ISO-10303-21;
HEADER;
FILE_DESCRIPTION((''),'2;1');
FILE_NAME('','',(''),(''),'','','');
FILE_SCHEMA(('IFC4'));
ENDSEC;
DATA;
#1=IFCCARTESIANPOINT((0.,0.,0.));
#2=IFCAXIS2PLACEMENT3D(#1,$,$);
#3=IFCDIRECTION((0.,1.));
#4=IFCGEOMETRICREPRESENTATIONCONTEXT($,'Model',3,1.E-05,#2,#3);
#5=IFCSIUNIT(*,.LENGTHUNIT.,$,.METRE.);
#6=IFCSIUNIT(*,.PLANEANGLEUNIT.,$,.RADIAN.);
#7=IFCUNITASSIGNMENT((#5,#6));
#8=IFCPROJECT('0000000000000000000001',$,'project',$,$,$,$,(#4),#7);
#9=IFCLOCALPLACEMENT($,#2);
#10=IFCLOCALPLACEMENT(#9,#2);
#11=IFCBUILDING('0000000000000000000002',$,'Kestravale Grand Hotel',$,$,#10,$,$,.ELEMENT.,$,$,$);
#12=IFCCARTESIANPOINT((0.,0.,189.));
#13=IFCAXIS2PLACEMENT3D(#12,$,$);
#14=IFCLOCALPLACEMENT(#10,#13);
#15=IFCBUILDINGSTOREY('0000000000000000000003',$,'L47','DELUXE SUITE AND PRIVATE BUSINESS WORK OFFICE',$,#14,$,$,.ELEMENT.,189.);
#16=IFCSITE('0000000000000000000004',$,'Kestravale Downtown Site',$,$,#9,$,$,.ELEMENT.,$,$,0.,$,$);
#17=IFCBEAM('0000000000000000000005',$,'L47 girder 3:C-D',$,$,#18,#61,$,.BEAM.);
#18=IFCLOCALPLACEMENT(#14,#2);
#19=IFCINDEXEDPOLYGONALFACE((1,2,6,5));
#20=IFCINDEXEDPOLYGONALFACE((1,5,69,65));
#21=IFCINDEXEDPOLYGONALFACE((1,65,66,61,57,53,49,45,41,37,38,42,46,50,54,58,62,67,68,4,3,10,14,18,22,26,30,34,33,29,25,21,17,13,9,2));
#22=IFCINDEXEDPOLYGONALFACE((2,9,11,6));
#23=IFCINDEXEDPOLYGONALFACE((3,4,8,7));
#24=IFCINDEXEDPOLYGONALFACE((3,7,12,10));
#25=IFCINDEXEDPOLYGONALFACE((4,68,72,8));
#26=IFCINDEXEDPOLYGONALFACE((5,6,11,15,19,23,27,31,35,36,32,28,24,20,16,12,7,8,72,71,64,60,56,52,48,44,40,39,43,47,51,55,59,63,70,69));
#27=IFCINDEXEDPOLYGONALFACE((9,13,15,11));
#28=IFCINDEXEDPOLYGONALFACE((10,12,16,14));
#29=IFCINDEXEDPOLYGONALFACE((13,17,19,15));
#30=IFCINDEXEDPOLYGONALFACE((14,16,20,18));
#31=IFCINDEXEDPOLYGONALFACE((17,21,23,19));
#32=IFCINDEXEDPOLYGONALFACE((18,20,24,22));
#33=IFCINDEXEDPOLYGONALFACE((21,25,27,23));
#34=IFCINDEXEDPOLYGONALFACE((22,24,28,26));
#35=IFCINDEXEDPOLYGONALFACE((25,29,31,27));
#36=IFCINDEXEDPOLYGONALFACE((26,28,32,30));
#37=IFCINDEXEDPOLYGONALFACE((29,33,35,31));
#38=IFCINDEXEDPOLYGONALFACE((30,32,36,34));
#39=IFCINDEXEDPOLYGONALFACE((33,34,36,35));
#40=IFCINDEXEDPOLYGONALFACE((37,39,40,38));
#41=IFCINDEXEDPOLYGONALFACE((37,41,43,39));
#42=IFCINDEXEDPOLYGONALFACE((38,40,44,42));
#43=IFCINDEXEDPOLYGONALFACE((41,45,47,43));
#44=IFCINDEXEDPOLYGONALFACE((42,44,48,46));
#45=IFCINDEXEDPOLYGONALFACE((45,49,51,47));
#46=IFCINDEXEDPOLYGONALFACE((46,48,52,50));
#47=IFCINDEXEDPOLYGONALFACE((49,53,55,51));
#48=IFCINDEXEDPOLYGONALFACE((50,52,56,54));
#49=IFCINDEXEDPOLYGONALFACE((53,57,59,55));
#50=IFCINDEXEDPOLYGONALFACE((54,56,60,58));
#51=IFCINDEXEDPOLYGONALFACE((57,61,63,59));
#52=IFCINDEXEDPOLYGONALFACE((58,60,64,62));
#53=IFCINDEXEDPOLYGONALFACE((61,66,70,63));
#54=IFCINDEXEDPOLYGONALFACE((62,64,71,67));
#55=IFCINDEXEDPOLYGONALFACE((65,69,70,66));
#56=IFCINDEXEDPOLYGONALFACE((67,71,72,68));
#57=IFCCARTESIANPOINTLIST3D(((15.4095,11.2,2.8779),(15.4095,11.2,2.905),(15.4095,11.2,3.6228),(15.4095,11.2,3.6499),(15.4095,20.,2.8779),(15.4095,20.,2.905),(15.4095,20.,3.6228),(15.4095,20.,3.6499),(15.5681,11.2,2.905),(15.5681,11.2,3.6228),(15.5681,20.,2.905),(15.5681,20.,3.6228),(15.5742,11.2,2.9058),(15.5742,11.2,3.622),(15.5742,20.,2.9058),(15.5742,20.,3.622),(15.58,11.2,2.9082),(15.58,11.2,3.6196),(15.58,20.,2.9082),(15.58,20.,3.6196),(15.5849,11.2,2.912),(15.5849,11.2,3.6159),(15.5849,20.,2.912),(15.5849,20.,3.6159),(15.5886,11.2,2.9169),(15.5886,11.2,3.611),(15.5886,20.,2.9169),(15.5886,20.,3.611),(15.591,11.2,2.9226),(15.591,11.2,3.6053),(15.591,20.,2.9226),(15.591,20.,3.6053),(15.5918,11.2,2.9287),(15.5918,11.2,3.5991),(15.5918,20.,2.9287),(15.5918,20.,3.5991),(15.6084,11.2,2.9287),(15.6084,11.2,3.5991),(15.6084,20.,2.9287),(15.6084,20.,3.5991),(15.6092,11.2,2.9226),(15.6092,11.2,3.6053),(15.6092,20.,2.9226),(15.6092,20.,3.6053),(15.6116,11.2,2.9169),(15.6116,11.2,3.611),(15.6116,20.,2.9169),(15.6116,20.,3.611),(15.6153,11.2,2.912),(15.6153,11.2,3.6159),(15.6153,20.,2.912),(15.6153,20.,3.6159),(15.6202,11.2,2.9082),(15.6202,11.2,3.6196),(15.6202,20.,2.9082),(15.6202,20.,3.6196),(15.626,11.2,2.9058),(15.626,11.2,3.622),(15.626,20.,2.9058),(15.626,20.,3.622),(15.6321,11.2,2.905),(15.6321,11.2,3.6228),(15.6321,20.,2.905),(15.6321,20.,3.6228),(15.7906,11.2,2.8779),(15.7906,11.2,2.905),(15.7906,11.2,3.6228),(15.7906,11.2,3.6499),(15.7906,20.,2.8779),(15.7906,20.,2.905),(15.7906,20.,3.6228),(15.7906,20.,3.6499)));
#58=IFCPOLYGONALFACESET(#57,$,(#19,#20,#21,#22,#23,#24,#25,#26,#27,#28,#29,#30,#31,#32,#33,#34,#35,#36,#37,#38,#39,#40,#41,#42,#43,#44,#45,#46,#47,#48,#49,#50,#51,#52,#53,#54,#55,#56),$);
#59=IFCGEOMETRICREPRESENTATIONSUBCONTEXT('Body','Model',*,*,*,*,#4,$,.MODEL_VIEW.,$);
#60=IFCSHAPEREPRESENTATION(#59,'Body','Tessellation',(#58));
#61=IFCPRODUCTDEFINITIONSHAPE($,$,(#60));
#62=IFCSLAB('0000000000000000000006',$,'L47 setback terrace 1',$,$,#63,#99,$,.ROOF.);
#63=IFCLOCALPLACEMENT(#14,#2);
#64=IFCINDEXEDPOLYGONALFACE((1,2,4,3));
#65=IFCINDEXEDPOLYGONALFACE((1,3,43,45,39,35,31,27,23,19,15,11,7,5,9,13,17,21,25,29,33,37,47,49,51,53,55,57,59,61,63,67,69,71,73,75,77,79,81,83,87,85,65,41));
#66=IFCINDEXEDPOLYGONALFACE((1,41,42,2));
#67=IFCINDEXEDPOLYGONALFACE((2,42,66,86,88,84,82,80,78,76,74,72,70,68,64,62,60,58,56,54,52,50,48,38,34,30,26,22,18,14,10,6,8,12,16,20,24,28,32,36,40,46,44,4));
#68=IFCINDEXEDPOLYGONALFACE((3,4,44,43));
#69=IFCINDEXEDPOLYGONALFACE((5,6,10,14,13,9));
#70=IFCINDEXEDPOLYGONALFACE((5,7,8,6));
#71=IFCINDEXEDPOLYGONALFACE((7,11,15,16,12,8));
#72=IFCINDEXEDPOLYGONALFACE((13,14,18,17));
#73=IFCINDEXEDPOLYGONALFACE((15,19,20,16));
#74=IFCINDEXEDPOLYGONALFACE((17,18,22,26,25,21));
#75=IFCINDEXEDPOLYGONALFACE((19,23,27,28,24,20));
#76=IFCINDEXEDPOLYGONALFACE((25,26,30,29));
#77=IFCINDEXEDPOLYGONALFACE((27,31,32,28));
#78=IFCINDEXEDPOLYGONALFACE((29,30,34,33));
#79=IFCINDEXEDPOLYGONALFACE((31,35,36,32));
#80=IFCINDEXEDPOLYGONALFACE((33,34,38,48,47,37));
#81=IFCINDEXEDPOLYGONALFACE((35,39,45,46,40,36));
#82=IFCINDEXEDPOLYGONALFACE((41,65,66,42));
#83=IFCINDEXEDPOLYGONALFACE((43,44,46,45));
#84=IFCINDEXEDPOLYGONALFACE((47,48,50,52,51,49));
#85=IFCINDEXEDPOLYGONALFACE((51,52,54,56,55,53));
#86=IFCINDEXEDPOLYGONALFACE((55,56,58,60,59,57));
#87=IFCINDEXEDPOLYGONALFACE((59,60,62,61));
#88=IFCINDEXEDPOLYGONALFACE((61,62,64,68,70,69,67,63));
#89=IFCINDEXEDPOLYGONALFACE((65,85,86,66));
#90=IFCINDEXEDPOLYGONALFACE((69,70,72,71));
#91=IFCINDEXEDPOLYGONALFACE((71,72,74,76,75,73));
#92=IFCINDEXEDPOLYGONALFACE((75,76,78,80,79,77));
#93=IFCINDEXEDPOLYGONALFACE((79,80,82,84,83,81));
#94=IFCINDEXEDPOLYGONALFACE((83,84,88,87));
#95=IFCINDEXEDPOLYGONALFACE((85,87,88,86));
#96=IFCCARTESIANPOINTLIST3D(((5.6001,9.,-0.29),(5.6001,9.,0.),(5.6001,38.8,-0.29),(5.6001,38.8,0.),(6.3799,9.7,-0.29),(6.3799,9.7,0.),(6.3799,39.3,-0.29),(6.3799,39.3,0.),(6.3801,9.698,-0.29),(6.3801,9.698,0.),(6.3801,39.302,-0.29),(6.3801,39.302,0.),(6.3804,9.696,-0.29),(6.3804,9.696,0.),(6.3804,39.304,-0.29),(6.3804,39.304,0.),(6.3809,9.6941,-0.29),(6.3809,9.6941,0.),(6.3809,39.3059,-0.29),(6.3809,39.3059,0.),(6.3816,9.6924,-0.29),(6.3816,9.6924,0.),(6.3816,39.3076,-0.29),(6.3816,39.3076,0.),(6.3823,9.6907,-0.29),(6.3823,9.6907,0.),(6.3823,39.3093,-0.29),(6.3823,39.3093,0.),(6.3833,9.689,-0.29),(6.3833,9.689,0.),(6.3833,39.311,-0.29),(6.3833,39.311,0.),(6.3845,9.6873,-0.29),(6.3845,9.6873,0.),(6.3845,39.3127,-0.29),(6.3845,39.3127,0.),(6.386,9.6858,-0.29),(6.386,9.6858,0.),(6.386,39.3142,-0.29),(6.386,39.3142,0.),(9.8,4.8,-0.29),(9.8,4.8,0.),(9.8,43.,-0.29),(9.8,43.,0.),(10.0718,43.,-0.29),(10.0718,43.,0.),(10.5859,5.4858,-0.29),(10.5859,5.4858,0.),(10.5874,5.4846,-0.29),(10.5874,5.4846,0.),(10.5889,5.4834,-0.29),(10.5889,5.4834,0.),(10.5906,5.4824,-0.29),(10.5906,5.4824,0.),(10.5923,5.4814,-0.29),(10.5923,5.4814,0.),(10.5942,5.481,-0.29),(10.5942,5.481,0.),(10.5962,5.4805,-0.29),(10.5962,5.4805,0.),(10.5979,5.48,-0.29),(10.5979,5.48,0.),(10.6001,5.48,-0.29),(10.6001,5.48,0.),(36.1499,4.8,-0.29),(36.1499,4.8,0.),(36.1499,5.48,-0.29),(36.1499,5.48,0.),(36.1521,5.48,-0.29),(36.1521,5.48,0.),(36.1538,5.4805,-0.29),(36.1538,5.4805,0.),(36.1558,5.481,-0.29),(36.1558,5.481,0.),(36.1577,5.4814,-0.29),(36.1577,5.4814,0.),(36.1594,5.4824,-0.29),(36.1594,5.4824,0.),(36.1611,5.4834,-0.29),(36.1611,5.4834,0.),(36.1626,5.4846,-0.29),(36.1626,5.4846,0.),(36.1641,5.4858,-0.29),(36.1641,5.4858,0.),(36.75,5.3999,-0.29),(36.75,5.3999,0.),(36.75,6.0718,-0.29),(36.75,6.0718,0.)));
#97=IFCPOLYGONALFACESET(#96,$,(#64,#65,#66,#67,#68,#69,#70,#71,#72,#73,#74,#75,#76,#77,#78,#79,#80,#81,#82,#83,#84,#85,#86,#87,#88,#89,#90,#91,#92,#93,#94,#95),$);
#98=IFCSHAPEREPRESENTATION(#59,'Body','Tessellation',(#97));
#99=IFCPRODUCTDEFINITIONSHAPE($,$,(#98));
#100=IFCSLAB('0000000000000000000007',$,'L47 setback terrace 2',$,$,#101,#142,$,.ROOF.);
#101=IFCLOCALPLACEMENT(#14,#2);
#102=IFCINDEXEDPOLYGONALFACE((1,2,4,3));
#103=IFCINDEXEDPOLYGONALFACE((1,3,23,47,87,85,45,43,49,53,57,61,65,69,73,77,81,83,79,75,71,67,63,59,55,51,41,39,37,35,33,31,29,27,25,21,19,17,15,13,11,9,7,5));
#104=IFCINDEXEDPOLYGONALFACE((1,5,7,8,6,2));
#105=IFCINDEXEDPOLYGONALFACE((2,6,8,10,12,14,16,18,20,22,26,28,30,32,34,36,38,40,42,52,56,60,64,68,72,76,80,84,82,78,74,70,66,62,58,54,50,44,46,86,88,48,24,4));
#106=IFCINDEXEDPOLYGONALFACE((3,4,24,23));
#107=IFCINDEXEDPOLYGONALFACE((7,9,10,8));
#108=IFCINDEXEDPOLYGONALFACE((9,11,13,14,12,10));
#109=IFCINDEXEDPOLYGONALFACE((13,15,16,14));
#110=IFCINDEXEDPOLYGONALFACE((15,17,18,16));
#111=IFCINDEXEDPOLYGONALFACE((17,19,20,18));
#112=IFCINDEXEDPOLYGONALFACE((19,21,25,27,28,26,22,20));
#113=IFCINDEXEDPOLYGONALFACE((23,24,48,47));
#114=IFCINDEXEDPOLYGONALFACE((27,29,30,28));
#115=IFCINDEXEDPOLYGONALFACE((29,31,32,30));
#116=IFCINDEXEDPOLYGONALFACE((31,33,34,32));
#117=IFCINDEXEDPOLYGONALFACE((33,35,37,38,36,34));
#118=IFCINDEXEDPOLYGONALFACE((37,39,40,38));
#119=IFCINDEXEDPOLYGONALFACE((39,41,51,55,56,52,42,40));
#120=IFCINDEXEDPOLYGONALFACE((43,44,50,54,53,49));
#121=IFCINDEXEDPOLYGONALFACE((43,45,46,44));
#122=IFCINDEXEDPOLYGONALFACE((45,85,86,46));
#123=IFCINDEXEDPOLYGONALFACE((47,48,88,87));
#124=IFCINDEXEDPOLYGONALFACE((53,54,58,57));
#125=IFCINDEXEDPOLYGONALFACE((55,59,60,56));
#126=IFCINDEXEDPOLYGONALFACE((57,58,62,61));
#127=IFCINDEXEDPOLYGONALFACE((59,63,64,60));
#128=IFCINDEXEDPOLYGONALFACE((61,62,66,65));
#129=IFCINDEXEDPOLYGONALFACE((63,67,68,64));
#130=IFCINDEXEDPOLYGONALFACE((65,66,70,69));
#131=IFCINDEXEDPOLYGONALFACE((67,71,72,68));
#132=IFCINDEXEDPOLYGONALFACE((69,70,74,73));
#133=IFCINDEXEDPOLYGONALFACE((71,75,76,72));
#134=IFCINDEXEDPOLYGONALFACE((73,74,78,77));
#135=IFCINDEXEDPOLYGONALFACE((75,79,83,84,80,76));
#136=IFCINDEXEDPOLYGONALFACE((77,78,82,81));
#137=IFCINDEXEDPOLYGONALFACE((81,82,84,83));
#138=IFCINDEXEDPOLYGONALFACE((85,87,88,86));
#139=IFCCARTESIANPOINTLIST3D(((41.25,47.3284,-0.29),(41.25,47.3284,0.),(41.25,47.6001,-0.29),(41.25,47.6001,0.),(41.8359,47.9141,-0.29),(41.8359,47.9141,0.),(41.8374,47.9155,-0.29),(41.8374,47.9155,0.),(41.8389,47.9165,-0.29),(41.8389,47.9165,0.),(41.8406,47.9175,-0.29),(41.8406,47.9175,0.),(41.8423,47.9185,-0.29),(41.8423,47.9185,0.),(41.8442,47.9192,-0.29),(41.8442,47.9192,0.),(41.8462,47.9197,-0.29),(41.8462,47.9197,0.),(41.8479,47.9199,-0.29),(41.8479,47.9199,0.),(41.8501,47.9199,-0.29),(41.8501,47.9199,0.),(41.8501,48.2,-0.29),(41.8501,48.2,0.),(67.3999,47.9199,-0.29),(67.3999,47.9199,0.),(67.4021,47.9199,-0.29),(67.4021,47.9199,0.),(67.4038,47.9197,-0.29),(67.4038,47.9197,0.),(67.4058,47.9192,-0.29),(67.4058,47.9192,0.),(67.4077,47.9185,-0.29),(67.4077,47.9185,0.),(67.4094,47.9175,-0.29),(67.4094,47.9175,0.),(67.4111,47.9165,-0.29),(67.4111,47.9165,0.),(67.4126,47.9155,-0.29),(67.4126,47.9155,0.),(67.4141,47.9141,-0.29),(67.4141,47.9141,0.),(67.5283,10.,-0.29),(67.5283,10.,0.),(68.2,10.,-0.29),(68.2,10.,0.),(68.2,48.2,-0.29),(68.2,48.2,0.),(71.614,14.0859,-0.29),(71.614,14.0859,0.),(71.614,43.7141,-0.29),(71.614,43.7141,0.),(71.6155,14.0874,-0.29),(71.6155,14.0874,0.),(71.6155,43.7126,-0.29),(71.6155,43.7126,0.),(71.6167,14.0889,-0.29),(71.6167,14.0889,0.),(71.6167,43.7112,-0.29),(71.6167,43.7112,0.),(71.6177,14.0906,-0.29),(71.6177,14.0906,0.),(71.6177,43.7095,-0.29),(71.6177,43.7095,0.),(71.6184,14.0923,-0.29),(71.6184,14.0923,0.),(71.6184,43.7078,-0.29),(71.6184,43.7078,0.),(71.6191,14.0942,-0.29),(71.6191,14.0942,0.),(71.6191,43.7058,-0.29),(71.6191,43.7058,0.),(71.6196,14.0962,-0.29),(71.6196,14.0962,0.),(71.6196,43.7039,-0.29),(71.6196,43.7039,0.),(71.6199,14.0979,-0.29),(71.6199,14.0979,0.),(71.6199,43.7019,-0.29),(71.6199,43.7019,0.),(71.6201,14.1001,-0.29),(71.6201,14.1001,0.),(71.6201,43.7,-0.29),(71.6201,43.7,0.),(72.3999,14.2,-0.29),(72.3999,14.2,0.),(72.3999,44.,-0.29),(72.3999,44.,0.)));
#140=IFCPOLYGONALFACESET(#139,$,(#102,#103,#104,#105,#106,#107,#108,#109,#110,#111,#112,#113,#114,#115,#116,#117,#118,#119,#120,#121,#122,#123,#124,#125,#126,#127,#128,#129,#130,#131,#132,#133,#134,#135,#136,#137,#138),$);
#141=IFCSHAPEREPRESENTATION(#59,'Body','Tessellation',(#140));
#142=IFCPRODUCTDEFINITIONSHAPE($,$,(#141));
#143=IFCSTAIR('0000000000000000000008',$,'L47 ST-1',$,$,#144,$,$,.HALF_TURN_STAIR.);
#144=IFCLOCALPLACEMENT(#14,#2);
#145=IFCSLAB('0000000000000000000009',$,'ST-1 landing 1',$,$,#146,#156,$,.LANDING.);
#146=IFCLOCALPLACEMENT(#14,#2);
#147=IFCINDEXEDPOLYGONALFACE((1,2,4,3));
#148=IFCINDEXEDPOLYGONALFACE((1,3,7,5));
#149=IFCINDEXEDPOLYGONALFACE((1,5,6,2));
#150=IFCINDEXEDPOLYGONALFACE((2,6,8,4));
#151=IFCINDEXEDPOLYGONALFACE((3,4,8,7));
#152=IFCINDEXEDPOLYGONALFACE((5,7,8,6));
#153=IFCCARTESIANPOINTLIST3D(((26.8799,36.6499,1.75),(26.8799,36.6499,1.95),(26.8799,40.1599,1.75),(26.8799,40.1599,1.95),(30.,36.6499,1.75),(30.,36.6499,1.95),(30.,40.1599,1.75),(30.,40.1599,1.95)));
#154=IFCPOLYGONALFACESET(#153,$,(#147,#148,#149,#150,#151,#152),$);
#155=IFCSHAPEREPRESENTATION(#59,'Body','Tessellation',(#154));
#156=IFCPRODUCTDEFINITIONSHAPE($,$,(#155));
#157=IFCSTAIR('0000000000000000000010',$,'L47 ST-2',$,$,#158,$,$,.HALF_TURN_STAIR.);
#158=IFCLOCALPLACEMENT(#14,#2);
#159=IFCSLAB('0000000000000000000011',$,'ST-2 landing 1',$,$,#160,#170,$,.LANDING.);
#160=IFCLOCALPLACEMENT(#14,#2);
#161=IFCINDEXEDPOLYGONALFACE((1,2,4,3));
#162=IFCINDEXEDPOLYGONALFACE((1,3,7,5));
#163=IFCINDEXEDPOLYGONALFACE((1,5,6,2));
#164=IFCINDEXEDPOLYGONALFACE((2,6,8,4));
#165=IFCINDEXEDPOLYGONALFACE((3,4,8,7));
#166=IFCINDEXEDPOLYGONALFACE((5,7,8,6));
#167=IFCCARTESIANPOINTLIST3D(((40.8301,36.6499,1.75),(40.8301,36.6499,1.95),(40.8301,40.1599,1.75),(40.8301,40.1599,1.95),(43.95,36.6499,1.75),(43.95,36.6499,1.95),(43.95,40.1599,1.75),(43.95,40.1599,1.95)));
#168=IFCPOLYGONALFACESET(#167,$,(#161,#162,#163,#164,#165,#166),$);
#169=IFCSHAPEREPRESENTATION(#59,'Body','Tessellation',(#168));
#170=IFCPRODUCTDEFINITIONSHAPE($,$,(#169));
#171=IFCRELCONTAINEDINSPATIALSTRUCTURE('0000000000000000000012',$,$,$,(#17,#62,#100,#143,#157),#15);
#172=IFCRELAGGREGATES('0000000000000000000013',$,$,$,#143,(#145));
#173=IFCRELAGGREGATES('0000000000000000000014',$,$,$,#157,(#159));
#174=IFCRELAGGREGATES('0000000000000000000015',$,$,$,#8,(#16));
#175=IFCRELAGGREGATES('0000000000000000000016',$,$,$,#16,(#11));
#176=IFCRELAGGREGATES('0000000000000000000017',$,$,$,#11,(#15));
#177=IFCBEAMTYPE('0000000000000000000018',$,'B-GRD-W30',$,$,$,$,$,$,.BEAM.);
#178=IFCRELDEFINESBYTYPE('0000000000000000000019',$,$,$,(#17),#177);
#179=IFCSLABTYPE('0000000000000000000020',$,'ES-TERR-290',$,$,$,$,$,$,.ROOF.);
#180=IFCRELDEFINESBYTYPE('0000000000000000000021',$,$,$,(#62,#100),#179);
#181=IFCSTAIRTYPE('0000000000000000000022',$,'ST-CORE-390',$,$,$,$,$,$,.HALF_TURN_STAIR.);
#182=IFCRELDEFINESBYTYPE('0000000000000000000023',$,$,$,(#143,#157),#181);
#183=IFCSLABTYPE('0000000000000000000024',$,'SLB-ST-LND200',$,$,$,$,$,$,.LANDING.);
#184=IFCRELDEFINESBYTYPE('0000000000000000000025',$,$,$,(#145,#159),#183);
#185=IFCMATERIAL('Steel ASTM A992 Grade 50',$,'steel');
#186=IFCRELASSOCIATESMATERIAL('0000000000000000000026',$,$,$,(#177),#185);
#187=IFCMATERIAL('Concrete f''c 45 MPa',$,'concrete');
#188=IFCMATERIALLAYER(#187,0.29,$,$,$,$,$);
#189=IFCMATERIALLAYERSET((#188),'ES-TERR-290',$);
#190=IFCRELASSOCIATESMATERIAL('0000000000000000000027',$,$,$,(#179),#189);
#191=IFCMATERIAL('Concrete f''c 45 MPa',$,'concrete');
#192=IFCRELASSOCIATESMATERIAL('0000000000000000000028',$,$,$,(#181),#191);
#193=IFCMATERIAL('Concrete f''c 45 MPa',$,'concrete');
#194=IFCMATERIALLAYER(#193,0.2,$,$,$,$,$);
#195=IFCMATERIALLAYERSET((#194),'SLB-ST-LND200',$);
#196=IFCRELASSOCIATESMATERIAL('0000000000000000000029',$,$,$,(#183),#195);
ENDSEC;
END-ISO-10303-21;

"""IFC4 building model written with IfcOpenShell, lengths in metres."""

from ifc_helpers import new_model, si_unit, direction, frame, origin, origin_2d, place, context, subcontext, project, spatial, polyline, i_section, outline, extrude, material, layer, layer_set, material_profile, profile_set, type_object, element, aggregate, save


model = new_model("IFC4")

# Units and contexts
model_context = context("Model", 3, precision=1e-05, world=origin(), true_north=direction((0.0, 1.0)))
body_context = subcontext(model_context, "Body", "Model", "MODEL_VIEW")
ifc_project = project(units=[si_unit("LENGTHUNIT", "METRE"), si_unit("PLANEANGLEUNIT", "RADIAN")], contexts=[model_context])

# Site, building, storey
site_placement = place(None, origin())
site = spatial("IfcSite", under=ifc_project, at=site_placement, Name="Kestravale Downtown Site", CompositionType="ELEMENT", RefElevation=0.0)
building_placement = place(site_placement, origin())
building = spatial("IfcBuilding", under=site, at=building_placement, Name="Kestravale Grand Hotel", CompositionType="ELEMENT")
storey_placement = place(building_placement, frame((0.0, 0.0, 189.0)))
storey = spatial("IfcBuildingStorey", under=building, at=storey_placement, Name="L47", Description="DELUXE SUITE AND PRIVATE BUSINESS WORK OFFICE", CompositionType="ELEMENT", Elevation=189.0)

# Beam
ifc_material_1 = material(Name="Steel ASTM A992 Grade 50", Category="steel")
ifc_material_profile_1 = material_profile(ifc_material_1, i_section(OverallWidth=0.3811, OverallDepth=0.772, WebThickness=0.0166, FlangeThickness=0.0271, FilletRadius=0.0237, at=origin_2d()))
ifc_profile_set_1 = profile_set([ifc_material_profile_1], Name="Steel ASTM A992 Grade 50")
beam_type_1 = type_object("IfcBeamType", Name="B-GRD-W30", PredefinedType="BEAM", material=ifc_profile_set_1)
beam_1_placement = place(storey_placement, frame((15.6001, 11.2, 3.2639), z_axis=(0.0, 1.0, 0.0), x_axis=(-1.0, 0.0, 0.0)))
element("IfcBeam", 1, at=beam_1_placement, inside=storey, type_object=beam_type_1, Name="L47 girder 3:C-D", PredefinedType="BEAM", context=body_context, shape_type="SweptSolid", body=[
    extrude(i_section(OverallWidth=0.3811, OverallDepth=0.772, WebThickness=0.0166, FlangeThickness=0.0271, FilletRadius=0.0237, at=origin_2d()), origin(), (0.0, 0.0, 1.0), 8.8),
])

# Slabs
ifc_material_2 = material(Name="Concrete f'c 45 MPa", Category="concrete")
ifc_layer_1 = layer(ifc_material_2, 0.29)
ifc_layer_set_1 = layer_set([ifc_layer_1], Name="ES-TERR-290")
slab_type_1 = type_object("IfcSlabType", Name="ES-TERR-290", PredefinedType="ROOF", material=ifc_layer_set_1)
slab_1_placement = place(storey_placement, frame((0.0, 0.0, -0.29)))
element("IfcSlab", 2, at=slab_1_placement, inside=storey, type_object=slab_type_1, Name="L47 setback terrace 1", PredefinedType="ROOF", context=body_context, shape_type="SweptSolid", body=[
    extrude(outline(polyline([(36.75, 5.3999), (36.1499, 4.8), (9.8, 4.8), (5.6001, 9.0), (5.6001, 38.8), (9.8, 43.0), (10.0718, 43.0), (6.386, 39.3142), (6.3845, 39.3127), (6.3833, 39.311), (6.3823, 39.3093), (6.3816, 39.3076), (6.3809, 39.3059), (6.3804, 39.304), (6.3801, 39.302), (6.3799, 39.3), (6.3799, 9.7), (6.3801, 9.698), (6.3804, 9.696), (6.3809, 9.6941), (6.3816, 9.6924), (6.3823, 9.6907), (6.3833, 9.689), (6.3845, 9.6873), (6.386, 9.6858), (10.5859, 5.4858), (10.5874, 5.4846), (10.5889, 5.4834), (10.5906, 5.4824), (10.5923, 5.4814), (10.5942, 5.481), (10.5962, 5.4805), (10.5979, 5.48), (10.6001, 5.48), (36.1499, 5.48), (36.1521, 5.48), (36.1538, 5.4805), (36.1558, 5.481), (36.1577, 5.4814), (36.1594, 5.4824), (36.1611, 5.4834), (36.1626, 5.4846), (36.1641, 5.4858), (36.75, 6.0718), (36.75, 5.3999)])), origin(), (0.0, 0.0, 1.0), 0.29),
])
slab_2_placement = place(storey_placement, frame((0.0, 0.0, -0.29)))
element("IfcSlab", 3, at=slab_2_placement, inside=storey, type_object=slab_type_1, Name="L47 setback terrace 2", PredefinedType="ROOF", context=body_context, shape_type="SweptSolid", body=[
    extrude(outline(polyline([(41.25, 47.6001), (41.8501, 48.2), (68.2, 48.2), (72.3999, 44.0), (72.3999, 14.2), (68.2, 10.0), (67.5283, 10.0), (71.614, 14.0859), (71.6155, 14.0874), (71.6167, 14.0889), (71.6177, 14.0906), (71.6184, 14.0923), (71.6191, 14.0942), (71.6196, 14.0962), (71.6199, 14.0979), (71.6201, 14.1001), (71.6201, 43.7), (71.6199, 43.7019), (71.6196, 43.7039), (71.6191, 43.7058), (71.6184, 43.7078), (71.6177, 43.7095), (71.6167, 43.7112), (71.6155, 43.7126), (71.614, 43.7141), (67.4141, 47.9141), (67.4126, 47.9155), (67.4111, 47.9165), (67.4094, 47.9175), (67.4077, 47.9185), (67.4058, 47.9192), (67.4038, 47.9197), (67.4021, 47.9199), (67.3999, 47.9199), (41.8501, 47.9199), (41.8479, 47.9199), (41.8462, 47.9197), (41.8442, 47.9192), (41.8423, 47.9185), (41.8406, 47.9175), (41.8389, 47.9165), (41.8374, 47.9155), (41.8359, 47.9141), (41.25, 47.3284), (41.25, 47.6001)])), origin(), (0.0, 0.0, 1.0), 0.29),
])

# Stairs, slabs
ifc_material_3 = material(Name="Concrete f'c 45 MPa", Category="concrete")
stair_type = type_object("IfcStairType", Name="ST-CORE-390", PredefinedType="HALF_TURN_STAIR", material=ifc_material_3)
stair_1_placement = place(storey_placement, origin())
stair_1 = element("IfcStair", 4, at=stair_1_placement, inside=storey, type_object=stair_type, Name="L47 ST-1", PredefinedType="HALF_TURN_STAIR")
ifc_material_4 = material(Name="Concrete f'c 45 MPa", Category="concrete")
ifc_layer_2 = layer(ifc_material_4, 0.2)
ifc_layer_set_2 = layer_set([ifc_layer_2], Name="SLB-ST-LND200")
slab_type_2 = type_object("IfcSlabType", Name="SLB-ST-LND200", PredefinedType="LANDING", material=ifc_layer_set_2)
slab_3_placement = place(storey_placement, frame((0.0, 0.0, 1.75)))
slab_3 = element("IfcSlab", 5, at=slab_3_placement, type_object=slab_type_2, Name="ST-1 landing 1", PredefinedType="LANDING", context=body_context, shape_type="SweptSolid", body=[
    extrude(outline(polyline([(26.8799, 36.6499), (30.0, 36.6499), (30.0, 40.1599), (26.8799, 40.1599), (26.8799, 36.6499)])), origin(), (0.0, 0.0, 1.0), 0.2),
])
aggregate(stair_1, [slab_3])
stair_2_placement = place(storey_placement, origin())
stair_2 = element("IfcStair", 6, at=stair_2_placement, inside=storey, type_object=stair_type, Name="L47 ST-2", PredefinedType="HALF_TURN_STAIR")
slab_4_placement = place(storey_placement, frame((0.0, 0.0, 1.75)))
slab_4 = element("IfcSlab", 7, at=slab_4_placement, type_object=slab_type_2, Name="ST-2 landing 1", PredefinedType="LANDING", context=body_context, shape_type="SweptSolid", body=[
    extrude(outline(polyline([(40.8301, 36.6499), (43.95, 36.6499), (43.95, 40.1599), (40.8301, 40.1599), (40.8301, 36.6499)])), origin(), (0.0, 0.0, 1.0), 0.2),
])
aggregate(stair_2, [slab_4])

save(model, "model.ifc")
